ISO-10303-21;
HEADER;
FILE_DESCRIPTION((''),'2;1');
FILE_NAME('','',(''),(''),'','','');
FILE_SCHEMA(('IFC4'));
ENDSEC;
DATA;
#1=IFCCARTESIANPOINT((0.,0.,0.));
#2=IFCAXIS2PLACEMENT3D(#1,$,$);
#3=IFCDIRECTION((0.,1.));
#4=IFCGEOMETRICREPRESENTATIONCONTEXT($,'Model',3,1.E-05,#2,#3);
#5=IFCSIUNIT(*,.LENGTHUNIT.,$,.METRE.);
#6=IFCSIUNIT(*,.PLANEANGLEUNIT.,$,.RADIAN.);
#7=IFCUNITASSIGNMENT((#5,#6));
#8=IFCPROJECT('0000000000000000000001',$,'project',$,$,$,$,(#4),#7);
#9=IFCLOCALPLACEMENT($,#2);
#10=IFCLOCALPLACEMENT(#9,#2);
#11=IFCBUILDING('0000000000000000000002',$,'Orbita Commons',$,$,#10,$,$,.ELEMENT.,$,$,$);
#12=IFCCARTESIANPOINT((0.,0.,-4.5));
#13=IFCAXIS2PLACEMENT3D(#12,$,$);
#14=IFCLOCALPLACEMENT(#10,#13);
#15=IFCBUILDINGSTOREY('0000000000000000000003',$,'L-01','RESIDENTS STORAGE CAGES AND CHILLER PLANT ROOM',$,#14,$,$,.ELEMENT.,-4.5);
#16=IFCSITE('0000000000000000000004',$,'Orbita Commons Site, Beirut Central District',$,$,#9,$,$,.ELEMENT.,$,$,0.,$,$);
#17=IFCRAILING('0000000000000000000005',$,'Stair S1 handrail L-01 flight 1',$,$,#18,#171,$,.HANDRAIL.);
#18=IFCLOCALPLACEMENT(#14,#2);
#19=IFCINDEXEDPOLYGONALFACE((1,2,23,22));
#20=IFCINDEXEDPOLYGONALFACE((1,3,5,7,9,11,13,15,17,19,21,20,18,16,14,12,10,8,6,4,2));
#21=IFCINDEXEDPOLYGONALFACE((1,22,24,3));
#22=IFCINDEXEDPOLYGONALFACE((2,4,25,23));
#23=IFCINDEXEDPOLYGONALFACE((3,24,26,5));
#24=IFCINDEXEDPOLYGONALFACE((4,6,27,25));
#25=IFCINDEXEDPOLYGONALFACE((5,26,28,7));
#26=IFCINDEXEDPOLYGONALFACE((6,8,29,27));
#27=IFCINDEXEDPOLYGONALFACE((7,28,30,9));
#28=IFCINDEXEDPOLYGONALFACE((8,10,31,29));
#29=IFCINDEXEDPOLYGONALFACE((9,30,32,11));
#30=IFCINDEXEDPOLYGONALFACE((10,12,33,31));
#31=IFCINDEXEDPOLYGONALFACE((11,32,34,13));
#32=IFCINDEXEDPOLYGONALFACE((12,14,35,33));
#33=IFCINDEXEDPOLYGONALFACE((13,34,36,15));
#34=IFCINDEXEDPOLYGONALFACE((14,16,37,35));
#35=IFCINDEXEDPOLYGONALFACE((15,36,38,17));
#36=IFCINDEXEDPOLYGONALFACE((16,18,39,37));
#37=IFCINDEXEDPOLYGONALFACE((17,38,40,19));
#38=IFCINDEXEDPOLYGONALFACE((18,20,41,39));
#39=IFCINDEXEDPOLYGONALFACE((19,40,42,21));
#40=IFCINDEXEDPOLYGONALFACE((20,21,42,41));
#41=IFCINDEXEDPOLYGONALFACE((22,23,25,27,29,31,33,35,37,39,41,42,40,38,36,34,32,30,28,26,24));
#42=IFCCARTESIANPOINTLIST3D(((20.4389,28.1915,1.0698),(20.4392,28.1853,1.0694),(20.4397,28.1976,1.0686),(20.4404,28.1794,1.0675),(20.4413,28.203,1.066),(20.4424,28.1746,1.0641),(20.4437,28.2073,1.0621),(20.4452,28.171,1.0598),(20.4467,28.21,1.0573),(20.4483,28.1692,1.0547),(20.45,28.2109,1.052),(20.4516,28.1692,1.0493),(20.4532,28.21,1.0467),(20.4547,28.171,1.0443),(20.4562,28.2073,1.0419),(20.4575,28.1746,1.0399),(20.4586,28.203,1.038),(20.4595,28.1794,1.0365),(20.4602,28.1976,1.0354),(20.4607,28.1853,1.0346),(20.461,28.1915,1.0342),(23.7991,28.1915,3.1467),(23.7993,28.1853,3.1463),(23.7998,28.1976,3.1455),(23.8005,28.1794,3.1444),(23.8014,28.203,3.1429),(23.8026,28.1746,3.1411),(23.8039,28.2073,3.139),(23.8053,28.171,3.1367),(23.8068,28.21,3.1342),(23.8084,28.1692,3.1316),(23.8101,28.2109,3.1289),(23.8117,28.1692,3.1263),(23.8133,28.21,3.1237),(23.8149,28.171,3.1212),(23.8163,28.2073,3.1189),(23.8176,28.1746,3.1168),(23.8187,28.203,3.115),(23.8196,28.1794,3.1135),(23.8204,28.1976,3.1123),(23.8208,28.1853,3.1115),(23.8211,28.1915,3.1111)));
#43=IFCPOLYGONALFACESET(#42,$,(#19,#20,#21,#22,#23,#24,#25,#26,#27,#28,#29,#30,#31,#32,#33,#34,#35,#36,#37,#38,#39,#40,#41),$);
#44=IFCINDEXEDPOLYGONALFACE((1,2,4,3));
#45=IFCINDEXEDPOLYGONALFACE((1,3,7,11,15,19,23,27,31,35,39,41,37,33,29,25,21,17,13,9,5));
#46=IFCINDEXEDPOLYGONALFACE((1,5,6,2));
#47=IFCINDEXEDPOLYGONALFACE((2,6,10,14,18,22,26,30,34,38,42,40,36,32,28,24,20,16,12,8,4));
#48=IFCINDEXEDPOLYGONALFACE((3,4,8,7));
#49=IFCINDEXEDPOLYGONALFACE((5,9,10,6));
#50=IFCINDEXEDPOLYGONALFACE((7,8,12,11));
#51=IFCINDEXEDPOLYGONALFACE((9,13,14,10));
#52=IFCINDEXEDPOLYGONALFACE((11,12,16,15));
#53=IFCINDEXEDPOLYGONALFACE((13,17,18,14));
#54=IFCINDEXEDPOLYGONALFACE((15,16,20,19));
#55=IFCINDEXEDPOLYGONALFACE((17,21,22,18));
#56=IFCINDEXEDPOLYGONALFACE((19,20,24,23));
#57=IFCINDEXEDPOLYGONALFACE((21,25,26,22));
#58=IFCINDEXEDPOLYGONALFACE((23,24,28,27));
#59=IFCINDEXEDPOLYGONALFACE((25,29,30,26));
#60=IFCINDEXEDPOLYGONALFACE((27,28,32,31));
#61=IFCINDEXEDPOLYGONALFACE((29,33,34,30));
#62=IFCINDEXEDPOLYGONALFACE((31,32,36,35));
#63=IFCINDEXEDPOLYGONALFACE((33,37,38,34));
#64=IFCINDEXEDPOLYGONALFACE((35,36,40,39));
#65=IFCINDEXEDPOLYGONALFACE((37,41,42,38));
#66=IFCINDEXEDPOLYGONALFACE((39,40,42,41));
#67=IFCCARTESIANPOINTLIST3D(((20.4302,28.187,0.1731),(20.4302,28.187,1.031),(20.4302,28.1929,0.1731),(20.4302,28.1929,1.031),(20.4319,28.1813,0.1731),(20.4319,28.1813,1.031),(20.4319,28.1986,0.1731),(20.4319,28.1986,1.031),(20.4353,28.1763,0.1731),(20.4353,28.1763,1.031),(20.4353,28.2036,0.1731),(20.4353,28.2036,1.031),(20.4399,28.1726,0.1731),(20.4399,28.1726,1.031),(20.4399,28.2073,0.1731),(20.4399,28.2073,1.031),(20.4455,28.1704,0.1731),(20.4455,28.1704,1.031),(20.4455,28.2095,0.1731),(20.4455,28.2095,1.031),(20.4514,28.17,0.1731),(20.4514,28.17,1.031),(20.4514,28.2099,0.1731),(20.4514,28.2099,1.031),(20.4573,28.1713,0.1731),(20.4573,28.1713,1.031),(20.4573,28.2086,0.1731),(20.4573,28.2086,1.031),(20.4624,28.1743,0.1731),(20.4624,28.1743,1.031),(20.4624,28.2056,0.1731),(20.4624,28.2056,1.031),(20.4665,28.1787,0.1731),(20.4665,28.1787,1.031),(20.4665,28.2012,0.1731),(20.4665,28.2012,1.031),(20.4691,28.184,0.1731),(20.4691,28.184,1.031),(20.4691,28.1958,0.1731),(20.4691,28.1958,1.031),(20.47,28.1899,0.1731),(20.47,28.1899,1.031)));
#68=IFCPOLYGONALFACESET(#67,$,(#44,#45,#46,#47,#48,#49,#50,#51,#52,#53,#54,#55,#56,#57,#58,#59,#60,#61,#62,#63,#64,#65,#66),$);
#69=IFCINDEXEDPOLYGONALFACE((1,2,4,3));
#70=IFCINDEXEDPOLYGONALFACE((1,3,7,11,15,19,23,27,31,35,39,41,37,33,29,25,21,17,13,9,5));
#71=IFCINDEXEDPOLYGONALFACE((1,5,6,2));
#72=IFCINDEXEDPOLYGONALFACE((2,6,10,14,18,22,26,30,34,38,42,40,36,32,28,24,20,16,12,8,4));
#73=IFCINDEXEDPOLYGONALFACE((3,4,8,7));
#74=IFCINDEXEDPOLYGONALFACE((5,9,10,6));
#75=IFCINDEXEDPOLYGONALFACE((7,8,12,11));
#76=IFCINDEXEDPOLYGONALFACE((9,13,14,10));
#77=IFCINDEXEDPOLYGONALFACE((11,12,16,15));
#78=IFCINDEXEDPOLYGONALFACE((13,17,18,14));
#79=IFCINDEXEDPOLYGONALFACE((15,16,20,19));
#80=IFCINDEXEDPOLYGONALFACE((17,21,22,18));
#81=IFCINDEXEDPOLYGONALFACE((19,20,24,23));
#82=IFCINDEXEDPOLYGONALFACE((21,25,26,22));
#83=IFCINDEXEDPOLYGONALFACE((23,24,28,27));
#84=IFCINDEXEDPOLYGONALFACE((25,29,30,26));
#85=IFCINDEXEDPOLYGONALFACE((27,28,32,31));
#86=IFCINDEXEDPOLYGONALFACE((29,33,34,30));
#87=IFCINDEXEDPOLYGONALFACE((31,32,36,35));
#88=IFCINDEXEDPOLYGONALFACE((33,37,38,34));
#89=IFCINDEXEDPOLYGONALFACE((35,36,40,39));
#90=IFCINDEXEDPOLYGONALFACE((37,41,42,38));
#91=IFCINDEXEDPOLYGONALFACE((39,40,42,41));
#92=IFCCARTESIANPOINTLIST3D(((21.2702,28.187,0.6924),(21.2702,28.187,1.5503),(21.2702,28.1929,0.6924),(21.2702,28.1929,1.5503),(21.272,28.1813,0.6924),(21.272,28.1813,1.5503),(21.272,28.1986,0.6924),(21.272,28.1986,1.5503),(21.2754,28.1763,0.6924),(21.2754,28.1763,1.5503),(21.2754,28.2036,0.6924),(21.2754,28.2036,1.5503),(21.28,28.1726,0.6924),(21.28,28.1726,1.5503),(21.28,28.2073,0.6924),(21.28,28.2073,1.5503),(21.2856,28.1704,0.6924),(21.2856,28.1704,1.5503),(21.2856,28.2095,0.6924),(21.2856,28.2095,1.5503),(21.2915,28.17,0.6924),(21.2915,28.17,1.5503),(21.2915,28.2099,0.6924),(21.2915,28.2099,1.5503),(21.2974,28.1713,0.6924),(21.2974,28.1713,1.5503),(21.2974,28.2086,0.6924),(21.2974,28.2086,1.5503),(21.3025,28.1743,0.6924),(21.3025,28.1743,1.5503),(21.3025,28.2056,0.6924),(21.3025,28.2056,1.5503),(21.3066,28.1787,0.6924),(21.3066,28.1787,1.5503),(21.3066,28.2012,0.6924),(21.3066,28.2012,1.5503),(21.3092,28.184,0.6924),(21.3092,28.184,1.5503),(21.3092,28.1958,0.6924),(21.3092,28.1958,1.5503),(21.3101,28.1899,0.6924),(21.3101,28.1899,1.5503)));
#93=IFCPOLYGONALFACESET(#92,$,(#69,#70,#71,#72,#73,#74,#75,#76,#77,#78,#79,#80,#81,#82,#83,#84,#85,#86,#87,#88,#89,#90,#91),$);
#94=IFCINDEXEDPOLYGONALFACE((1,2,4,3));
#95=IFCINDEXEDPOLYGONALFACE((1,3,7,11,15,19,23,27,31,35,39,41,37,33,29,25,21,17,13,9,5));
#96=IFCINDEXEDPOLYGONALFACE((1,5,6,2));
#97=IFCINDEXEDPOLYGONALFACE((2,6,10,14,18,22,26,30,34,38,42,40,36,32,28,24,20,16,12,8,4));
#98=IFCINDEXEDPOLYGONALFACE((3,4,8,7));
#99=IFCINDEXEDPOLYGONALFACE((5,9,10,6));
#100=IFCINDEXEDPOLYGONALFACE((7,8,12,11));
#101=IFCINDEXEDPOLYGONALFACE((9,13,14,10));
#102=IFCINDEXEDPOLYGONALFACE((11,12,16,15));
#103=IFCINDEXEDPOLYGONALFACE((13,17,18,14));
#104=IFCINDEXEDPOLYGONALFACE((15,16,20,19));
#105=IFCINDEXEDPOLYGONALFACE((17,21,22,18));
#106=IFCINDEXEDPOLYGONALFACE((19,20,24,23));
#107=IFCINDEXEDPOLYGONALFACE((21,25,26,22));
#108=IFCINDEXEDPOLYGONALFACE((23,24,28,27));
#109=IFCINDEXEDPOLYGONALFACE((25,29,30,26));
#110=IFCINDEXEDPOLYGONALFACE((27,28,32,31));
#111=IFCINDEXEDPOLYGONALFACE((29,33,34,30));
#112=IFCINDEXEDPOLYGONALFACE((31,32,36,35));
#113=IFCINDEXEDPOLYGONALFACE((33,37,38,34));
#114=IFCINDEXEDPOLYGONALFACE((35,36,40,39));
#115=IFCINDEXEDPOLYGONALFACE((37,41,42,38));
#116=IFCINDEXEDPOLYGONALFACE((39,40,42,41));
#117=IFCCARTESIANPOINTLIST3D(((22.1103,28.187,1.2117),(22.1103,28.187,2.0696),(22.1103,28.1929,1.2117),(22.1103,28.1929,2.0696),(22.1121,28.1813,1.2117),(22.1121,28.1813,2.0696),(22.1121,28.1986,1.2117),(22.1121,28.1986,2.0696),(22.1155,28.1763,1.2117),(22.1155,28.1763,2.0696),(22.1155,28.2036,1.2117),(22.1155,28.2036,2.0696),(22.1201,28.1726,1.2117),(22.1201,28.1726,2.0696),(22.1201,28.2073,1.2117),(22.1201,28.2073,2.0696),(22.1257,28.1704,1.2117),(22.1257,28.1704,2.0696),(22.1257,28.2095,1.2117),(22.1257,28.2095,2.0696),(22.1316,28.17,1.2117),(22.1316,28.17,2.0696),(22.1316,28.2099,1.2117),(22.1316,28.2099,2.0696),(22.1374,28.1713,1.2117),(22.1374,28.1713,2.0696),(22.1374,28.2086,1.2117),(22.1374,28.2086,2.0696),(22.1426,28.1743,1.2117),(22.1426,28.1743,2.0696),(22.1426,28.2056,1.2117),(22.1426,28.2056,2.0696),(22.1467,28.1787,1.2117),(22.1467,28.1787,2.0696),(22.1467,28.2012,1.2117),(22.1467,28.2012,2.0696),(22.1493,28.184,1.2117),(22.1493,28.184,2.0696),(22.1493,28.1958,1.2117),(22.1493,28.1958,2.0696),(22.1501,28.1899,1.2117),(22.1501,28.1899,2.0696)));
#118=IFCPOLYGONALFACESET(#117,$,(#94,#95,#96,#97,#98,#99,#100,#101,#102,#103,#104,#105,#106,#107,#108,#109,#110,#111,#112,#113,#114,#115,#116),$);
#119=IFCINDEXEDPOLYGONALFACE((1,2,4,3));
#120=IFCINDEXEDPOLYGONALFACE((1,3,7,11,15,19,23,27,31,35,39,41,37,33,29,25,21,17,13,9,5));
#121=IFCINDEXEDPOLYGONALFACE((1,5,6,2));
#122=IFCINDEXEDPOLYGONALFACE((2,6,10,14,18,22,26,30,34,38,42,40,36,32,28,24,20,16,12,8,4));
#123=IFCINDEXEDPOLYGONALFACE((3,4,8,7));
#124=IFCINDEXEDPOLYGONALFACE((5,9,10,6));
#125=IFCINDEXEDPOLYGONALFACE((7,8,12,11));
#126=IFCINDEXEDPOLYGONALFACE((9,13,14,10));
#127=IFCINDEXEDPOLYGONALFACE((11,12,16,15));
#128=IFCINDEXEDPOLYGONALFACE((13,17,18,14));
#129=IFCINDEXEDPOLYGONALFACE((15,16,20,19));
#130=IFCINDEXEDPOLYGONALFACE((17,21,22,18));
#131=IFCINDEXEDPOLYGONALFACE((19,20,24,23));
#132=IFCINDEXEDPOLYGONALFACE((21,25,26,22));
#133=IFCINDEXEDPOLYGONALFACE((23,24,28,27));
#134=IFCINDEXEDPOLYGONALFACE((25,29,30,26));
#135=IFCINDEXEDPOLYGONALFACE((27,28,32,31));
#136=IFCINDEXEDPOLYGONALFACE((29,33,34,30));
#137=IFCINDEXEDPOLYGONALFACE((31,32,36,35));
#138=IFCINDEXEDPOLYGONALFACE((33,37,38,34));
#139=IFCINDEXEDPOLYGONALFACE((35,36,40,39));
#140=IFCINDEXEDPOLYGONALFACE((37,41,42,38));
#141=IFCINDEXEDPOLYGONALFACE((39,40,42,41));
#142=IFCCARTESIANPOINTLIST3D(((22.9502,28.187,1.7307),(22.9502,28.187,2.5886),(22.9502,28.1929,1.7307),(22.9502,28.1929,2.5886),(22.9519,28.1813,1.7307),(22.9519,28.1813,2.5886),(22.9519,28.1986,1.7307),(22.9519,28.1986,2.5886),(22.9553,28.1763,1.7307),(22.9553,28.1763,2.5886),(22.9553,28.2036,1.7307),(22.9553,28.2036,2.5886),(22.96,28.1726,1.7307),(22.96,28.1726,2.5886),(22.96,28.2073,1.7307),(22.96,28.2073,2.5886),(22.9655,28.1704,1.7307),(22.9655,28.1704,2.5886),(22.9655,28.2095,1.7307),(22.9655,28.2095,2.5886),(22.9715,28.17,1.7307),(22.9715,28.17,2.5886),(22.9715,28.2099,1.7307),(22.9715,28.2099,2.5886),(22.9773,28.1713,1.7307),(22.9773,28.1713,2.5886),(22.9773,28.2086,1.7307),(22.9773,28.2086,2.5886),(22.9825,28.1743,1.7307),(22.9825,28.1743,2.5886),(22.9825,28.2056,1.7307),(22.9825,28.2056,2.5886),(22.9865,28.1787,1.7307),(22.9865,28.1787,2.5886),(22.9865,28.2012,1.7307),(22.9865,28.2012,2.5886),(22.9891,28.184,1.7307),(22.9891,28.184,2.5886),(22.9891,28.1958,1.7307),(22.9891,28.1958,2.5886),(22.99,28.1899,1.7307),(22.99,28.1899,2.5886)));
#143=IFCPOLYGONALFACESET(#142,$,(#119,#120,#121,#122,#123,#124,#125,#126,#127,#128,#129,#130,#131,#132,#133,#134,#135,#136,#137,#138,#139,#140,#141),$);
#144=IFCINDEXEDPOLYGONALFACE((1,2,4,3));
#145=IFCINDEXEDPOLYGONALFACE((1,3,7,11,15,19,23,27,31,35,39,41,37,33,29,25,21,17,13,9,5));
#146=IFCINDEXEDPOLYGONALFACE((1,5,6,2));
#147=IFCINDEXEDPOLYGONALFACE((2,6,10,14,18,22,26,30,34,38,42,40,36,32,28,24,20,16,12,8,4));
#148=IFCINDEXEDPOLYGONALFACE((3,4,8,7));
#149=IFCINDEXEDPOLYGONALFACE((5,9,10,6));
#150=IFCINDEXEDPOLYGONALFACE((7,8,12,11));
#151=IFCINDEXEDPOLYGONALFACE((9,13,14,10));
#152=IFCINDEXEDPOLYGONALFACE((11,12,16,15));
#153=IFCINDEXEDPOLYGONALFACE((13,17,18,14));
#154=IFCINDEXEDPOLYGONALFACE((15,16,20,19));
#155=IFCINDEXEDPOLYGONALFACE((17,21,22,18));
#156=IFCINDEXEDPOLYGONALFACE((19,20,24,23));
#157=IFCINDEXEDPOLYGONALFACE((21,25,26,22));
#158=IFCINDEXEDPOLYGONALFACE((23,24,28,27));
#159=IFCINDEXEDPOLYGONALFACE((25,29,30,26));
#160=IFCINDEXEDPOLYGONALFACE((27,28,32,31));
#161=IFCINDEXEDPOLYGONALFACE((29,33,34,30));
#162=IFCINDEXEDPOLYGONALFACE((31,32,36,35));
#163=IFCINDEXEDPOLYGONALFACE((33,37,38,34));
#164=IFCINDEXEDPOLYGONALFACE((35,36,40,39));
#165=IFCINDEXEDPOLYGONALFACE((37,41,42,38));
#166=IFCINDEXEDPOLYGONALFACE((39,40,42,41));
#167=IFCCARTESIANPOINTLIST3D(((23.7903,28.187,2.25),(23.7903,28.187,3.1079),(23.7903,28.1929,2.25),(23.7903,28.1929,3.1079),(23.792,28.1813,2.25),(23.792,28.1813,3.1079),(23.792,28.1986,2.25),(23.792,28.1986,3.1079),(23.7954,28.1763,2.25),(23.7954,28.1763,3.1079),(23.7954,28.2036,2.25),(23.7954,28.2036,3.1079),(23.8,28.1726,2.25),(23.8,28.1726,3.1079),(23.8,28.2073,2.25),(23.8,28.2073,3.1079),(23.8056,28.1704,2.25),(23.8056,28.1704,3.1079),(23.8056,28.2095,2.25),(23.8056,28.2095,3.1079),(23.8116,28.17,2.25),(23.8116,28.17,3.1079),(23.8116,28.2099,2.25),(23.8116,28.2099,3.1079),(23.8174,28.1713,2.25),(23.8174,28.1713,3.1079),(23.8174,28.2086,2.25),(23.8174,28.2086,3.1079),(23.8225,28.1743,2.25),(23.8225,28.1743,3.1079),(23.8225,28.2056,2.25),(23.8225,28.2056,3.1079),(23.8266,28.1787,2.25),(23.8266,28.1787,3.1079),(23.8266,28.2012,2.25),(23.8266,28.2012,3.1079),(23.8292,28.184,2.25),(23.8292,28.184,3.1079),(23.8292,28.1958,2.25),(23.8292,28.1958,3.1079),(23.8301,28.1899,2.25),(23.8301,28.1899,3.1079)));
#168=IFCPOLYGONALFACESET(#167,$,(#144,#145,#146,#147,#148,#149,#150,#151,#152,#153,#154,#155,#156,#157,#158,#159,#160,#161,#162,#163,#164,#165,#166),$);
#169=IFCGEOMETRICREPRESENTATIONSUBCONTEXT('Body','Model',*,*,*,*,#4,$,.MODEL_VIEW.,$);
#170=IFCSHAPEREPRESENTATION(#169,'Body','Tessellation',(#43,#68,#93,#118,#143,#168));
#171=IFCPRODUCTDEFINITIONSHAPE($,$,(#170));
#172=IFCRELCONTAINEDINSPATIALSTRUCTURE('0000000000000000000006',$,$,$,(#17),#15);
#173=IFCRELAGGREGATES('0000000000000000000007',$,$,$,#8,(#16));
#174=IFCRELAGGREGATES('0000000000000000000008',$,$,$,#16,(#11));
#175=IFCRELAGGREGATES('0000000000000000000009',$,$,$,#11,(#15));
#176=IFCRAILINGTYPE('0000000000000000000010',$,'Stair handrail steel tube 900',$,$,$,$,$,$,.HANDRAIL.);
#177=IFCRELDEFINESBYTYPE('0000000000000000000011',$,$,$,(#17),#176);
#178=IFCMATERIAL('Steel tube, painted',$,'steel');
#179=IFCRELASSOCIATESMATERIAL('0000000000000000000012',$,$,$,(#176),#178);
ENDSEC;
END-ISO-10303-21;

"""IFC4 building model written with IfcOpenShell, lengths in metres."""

from ifc_helpers import new_model, si_unit, direction, frame, origin, origin_2d, place, context, subcontext, project, spatial, circle, extrude, material, type_object, element, save


model = new_model("IFC4")

# Units and contexts
model_context = context("Model", 3, precision=1e-05, world=origin(), true_north=direction((0.0, 1.0)))
body_context = subcontext(model_context, "Body", "Model", "MODEL_VIEW")
ifc_project = project(units=[si_unit("LENGTHUNIT", "METRE"), si_unit("PLANEANGLEUNIT", "RADIAN")], contexts=[model_context])

# Site, building, storey
site_placement = place(None, origin())
site = spatial("IfcSite", under=ifc_project, at=site_placement, Name="Orbita Commons Site, Beirut Central District", CompositionType="ELEMENT", RefElevation=0.0)
building_placement = place(site_placement, origin())
building = spatial("IfcBuilding", under=site, at=building_placement, Name="Orbita Commons", CompositionType="ELEMENT")
storey_placement = place(building_placement, frame((0.0, 0.0, -4.5)))
storey = spatial("IfcBuildingStorey", under=building, at=storey_placement, Name="L-01", Description="RESIDENTS STORAGE CAGES AND CHILLER PLANT ROOM", CompositionType="ELEMENT", Elevation=-4.5)

# Railing
ifc_material = material(Name="Steel tube, painted", Category="steel")
railing_type = type_object("IfcRailingType", Name="Stair handrail steel tube 900", PredefinedType="HANDRAIL", material=ifc_material)
for number, where, name in (
    (1, (20.45, 28.1899, 0.1731), "Stair S1 handrail L-01 flight 1"),
):
    element("IfcRailing", number, at=place(storey_placement, frame(where)), inside=storey, type_object=railing_type, Name=name, PredefinedType="HANDRAIL", context=body_context, shape_type="SweptSolid", body=[
        extrude(circle(Radius=0.021, at=origin_2d()), frame((0.0, 0.0, 0.8789), z_axis=(0.850623, 0.0, 0.525776), x_axis=(0.0, 1.0, 0.0)), (0.0, 0.0, 1.0), 3.9502),
        extrude(circle(Radius=0.02, at=origin_2d()), origin(), (0.0, 0.0, 1.0), 0.8579),
        extrude(circle(Radius=0.02, at=origin_2d()), frame((0.8401, 0.0, 0.5193)), (0.0, 0.0, 1.0), 0.8579),
        extrude(circle(Radius=0.02, at=origin_2d()), frame((1.6802, 0.0, 1.0386)), (0.0, 0.0, 1.0), 0.8579),
        extrude(circle(Radius=0.02, at=origin_2d()), frame((2.52, 0.0, 1.5576)), (0.0, 0.0, 1.0), 0.8579),
        extrude(circle(Radius=0.02, at=origin_2d()), frame((3.3601, 0.0, 2.0769)), (0.0, 0.0, 1.0), 0.8579),
    ])

save(model, "model.ifc")
